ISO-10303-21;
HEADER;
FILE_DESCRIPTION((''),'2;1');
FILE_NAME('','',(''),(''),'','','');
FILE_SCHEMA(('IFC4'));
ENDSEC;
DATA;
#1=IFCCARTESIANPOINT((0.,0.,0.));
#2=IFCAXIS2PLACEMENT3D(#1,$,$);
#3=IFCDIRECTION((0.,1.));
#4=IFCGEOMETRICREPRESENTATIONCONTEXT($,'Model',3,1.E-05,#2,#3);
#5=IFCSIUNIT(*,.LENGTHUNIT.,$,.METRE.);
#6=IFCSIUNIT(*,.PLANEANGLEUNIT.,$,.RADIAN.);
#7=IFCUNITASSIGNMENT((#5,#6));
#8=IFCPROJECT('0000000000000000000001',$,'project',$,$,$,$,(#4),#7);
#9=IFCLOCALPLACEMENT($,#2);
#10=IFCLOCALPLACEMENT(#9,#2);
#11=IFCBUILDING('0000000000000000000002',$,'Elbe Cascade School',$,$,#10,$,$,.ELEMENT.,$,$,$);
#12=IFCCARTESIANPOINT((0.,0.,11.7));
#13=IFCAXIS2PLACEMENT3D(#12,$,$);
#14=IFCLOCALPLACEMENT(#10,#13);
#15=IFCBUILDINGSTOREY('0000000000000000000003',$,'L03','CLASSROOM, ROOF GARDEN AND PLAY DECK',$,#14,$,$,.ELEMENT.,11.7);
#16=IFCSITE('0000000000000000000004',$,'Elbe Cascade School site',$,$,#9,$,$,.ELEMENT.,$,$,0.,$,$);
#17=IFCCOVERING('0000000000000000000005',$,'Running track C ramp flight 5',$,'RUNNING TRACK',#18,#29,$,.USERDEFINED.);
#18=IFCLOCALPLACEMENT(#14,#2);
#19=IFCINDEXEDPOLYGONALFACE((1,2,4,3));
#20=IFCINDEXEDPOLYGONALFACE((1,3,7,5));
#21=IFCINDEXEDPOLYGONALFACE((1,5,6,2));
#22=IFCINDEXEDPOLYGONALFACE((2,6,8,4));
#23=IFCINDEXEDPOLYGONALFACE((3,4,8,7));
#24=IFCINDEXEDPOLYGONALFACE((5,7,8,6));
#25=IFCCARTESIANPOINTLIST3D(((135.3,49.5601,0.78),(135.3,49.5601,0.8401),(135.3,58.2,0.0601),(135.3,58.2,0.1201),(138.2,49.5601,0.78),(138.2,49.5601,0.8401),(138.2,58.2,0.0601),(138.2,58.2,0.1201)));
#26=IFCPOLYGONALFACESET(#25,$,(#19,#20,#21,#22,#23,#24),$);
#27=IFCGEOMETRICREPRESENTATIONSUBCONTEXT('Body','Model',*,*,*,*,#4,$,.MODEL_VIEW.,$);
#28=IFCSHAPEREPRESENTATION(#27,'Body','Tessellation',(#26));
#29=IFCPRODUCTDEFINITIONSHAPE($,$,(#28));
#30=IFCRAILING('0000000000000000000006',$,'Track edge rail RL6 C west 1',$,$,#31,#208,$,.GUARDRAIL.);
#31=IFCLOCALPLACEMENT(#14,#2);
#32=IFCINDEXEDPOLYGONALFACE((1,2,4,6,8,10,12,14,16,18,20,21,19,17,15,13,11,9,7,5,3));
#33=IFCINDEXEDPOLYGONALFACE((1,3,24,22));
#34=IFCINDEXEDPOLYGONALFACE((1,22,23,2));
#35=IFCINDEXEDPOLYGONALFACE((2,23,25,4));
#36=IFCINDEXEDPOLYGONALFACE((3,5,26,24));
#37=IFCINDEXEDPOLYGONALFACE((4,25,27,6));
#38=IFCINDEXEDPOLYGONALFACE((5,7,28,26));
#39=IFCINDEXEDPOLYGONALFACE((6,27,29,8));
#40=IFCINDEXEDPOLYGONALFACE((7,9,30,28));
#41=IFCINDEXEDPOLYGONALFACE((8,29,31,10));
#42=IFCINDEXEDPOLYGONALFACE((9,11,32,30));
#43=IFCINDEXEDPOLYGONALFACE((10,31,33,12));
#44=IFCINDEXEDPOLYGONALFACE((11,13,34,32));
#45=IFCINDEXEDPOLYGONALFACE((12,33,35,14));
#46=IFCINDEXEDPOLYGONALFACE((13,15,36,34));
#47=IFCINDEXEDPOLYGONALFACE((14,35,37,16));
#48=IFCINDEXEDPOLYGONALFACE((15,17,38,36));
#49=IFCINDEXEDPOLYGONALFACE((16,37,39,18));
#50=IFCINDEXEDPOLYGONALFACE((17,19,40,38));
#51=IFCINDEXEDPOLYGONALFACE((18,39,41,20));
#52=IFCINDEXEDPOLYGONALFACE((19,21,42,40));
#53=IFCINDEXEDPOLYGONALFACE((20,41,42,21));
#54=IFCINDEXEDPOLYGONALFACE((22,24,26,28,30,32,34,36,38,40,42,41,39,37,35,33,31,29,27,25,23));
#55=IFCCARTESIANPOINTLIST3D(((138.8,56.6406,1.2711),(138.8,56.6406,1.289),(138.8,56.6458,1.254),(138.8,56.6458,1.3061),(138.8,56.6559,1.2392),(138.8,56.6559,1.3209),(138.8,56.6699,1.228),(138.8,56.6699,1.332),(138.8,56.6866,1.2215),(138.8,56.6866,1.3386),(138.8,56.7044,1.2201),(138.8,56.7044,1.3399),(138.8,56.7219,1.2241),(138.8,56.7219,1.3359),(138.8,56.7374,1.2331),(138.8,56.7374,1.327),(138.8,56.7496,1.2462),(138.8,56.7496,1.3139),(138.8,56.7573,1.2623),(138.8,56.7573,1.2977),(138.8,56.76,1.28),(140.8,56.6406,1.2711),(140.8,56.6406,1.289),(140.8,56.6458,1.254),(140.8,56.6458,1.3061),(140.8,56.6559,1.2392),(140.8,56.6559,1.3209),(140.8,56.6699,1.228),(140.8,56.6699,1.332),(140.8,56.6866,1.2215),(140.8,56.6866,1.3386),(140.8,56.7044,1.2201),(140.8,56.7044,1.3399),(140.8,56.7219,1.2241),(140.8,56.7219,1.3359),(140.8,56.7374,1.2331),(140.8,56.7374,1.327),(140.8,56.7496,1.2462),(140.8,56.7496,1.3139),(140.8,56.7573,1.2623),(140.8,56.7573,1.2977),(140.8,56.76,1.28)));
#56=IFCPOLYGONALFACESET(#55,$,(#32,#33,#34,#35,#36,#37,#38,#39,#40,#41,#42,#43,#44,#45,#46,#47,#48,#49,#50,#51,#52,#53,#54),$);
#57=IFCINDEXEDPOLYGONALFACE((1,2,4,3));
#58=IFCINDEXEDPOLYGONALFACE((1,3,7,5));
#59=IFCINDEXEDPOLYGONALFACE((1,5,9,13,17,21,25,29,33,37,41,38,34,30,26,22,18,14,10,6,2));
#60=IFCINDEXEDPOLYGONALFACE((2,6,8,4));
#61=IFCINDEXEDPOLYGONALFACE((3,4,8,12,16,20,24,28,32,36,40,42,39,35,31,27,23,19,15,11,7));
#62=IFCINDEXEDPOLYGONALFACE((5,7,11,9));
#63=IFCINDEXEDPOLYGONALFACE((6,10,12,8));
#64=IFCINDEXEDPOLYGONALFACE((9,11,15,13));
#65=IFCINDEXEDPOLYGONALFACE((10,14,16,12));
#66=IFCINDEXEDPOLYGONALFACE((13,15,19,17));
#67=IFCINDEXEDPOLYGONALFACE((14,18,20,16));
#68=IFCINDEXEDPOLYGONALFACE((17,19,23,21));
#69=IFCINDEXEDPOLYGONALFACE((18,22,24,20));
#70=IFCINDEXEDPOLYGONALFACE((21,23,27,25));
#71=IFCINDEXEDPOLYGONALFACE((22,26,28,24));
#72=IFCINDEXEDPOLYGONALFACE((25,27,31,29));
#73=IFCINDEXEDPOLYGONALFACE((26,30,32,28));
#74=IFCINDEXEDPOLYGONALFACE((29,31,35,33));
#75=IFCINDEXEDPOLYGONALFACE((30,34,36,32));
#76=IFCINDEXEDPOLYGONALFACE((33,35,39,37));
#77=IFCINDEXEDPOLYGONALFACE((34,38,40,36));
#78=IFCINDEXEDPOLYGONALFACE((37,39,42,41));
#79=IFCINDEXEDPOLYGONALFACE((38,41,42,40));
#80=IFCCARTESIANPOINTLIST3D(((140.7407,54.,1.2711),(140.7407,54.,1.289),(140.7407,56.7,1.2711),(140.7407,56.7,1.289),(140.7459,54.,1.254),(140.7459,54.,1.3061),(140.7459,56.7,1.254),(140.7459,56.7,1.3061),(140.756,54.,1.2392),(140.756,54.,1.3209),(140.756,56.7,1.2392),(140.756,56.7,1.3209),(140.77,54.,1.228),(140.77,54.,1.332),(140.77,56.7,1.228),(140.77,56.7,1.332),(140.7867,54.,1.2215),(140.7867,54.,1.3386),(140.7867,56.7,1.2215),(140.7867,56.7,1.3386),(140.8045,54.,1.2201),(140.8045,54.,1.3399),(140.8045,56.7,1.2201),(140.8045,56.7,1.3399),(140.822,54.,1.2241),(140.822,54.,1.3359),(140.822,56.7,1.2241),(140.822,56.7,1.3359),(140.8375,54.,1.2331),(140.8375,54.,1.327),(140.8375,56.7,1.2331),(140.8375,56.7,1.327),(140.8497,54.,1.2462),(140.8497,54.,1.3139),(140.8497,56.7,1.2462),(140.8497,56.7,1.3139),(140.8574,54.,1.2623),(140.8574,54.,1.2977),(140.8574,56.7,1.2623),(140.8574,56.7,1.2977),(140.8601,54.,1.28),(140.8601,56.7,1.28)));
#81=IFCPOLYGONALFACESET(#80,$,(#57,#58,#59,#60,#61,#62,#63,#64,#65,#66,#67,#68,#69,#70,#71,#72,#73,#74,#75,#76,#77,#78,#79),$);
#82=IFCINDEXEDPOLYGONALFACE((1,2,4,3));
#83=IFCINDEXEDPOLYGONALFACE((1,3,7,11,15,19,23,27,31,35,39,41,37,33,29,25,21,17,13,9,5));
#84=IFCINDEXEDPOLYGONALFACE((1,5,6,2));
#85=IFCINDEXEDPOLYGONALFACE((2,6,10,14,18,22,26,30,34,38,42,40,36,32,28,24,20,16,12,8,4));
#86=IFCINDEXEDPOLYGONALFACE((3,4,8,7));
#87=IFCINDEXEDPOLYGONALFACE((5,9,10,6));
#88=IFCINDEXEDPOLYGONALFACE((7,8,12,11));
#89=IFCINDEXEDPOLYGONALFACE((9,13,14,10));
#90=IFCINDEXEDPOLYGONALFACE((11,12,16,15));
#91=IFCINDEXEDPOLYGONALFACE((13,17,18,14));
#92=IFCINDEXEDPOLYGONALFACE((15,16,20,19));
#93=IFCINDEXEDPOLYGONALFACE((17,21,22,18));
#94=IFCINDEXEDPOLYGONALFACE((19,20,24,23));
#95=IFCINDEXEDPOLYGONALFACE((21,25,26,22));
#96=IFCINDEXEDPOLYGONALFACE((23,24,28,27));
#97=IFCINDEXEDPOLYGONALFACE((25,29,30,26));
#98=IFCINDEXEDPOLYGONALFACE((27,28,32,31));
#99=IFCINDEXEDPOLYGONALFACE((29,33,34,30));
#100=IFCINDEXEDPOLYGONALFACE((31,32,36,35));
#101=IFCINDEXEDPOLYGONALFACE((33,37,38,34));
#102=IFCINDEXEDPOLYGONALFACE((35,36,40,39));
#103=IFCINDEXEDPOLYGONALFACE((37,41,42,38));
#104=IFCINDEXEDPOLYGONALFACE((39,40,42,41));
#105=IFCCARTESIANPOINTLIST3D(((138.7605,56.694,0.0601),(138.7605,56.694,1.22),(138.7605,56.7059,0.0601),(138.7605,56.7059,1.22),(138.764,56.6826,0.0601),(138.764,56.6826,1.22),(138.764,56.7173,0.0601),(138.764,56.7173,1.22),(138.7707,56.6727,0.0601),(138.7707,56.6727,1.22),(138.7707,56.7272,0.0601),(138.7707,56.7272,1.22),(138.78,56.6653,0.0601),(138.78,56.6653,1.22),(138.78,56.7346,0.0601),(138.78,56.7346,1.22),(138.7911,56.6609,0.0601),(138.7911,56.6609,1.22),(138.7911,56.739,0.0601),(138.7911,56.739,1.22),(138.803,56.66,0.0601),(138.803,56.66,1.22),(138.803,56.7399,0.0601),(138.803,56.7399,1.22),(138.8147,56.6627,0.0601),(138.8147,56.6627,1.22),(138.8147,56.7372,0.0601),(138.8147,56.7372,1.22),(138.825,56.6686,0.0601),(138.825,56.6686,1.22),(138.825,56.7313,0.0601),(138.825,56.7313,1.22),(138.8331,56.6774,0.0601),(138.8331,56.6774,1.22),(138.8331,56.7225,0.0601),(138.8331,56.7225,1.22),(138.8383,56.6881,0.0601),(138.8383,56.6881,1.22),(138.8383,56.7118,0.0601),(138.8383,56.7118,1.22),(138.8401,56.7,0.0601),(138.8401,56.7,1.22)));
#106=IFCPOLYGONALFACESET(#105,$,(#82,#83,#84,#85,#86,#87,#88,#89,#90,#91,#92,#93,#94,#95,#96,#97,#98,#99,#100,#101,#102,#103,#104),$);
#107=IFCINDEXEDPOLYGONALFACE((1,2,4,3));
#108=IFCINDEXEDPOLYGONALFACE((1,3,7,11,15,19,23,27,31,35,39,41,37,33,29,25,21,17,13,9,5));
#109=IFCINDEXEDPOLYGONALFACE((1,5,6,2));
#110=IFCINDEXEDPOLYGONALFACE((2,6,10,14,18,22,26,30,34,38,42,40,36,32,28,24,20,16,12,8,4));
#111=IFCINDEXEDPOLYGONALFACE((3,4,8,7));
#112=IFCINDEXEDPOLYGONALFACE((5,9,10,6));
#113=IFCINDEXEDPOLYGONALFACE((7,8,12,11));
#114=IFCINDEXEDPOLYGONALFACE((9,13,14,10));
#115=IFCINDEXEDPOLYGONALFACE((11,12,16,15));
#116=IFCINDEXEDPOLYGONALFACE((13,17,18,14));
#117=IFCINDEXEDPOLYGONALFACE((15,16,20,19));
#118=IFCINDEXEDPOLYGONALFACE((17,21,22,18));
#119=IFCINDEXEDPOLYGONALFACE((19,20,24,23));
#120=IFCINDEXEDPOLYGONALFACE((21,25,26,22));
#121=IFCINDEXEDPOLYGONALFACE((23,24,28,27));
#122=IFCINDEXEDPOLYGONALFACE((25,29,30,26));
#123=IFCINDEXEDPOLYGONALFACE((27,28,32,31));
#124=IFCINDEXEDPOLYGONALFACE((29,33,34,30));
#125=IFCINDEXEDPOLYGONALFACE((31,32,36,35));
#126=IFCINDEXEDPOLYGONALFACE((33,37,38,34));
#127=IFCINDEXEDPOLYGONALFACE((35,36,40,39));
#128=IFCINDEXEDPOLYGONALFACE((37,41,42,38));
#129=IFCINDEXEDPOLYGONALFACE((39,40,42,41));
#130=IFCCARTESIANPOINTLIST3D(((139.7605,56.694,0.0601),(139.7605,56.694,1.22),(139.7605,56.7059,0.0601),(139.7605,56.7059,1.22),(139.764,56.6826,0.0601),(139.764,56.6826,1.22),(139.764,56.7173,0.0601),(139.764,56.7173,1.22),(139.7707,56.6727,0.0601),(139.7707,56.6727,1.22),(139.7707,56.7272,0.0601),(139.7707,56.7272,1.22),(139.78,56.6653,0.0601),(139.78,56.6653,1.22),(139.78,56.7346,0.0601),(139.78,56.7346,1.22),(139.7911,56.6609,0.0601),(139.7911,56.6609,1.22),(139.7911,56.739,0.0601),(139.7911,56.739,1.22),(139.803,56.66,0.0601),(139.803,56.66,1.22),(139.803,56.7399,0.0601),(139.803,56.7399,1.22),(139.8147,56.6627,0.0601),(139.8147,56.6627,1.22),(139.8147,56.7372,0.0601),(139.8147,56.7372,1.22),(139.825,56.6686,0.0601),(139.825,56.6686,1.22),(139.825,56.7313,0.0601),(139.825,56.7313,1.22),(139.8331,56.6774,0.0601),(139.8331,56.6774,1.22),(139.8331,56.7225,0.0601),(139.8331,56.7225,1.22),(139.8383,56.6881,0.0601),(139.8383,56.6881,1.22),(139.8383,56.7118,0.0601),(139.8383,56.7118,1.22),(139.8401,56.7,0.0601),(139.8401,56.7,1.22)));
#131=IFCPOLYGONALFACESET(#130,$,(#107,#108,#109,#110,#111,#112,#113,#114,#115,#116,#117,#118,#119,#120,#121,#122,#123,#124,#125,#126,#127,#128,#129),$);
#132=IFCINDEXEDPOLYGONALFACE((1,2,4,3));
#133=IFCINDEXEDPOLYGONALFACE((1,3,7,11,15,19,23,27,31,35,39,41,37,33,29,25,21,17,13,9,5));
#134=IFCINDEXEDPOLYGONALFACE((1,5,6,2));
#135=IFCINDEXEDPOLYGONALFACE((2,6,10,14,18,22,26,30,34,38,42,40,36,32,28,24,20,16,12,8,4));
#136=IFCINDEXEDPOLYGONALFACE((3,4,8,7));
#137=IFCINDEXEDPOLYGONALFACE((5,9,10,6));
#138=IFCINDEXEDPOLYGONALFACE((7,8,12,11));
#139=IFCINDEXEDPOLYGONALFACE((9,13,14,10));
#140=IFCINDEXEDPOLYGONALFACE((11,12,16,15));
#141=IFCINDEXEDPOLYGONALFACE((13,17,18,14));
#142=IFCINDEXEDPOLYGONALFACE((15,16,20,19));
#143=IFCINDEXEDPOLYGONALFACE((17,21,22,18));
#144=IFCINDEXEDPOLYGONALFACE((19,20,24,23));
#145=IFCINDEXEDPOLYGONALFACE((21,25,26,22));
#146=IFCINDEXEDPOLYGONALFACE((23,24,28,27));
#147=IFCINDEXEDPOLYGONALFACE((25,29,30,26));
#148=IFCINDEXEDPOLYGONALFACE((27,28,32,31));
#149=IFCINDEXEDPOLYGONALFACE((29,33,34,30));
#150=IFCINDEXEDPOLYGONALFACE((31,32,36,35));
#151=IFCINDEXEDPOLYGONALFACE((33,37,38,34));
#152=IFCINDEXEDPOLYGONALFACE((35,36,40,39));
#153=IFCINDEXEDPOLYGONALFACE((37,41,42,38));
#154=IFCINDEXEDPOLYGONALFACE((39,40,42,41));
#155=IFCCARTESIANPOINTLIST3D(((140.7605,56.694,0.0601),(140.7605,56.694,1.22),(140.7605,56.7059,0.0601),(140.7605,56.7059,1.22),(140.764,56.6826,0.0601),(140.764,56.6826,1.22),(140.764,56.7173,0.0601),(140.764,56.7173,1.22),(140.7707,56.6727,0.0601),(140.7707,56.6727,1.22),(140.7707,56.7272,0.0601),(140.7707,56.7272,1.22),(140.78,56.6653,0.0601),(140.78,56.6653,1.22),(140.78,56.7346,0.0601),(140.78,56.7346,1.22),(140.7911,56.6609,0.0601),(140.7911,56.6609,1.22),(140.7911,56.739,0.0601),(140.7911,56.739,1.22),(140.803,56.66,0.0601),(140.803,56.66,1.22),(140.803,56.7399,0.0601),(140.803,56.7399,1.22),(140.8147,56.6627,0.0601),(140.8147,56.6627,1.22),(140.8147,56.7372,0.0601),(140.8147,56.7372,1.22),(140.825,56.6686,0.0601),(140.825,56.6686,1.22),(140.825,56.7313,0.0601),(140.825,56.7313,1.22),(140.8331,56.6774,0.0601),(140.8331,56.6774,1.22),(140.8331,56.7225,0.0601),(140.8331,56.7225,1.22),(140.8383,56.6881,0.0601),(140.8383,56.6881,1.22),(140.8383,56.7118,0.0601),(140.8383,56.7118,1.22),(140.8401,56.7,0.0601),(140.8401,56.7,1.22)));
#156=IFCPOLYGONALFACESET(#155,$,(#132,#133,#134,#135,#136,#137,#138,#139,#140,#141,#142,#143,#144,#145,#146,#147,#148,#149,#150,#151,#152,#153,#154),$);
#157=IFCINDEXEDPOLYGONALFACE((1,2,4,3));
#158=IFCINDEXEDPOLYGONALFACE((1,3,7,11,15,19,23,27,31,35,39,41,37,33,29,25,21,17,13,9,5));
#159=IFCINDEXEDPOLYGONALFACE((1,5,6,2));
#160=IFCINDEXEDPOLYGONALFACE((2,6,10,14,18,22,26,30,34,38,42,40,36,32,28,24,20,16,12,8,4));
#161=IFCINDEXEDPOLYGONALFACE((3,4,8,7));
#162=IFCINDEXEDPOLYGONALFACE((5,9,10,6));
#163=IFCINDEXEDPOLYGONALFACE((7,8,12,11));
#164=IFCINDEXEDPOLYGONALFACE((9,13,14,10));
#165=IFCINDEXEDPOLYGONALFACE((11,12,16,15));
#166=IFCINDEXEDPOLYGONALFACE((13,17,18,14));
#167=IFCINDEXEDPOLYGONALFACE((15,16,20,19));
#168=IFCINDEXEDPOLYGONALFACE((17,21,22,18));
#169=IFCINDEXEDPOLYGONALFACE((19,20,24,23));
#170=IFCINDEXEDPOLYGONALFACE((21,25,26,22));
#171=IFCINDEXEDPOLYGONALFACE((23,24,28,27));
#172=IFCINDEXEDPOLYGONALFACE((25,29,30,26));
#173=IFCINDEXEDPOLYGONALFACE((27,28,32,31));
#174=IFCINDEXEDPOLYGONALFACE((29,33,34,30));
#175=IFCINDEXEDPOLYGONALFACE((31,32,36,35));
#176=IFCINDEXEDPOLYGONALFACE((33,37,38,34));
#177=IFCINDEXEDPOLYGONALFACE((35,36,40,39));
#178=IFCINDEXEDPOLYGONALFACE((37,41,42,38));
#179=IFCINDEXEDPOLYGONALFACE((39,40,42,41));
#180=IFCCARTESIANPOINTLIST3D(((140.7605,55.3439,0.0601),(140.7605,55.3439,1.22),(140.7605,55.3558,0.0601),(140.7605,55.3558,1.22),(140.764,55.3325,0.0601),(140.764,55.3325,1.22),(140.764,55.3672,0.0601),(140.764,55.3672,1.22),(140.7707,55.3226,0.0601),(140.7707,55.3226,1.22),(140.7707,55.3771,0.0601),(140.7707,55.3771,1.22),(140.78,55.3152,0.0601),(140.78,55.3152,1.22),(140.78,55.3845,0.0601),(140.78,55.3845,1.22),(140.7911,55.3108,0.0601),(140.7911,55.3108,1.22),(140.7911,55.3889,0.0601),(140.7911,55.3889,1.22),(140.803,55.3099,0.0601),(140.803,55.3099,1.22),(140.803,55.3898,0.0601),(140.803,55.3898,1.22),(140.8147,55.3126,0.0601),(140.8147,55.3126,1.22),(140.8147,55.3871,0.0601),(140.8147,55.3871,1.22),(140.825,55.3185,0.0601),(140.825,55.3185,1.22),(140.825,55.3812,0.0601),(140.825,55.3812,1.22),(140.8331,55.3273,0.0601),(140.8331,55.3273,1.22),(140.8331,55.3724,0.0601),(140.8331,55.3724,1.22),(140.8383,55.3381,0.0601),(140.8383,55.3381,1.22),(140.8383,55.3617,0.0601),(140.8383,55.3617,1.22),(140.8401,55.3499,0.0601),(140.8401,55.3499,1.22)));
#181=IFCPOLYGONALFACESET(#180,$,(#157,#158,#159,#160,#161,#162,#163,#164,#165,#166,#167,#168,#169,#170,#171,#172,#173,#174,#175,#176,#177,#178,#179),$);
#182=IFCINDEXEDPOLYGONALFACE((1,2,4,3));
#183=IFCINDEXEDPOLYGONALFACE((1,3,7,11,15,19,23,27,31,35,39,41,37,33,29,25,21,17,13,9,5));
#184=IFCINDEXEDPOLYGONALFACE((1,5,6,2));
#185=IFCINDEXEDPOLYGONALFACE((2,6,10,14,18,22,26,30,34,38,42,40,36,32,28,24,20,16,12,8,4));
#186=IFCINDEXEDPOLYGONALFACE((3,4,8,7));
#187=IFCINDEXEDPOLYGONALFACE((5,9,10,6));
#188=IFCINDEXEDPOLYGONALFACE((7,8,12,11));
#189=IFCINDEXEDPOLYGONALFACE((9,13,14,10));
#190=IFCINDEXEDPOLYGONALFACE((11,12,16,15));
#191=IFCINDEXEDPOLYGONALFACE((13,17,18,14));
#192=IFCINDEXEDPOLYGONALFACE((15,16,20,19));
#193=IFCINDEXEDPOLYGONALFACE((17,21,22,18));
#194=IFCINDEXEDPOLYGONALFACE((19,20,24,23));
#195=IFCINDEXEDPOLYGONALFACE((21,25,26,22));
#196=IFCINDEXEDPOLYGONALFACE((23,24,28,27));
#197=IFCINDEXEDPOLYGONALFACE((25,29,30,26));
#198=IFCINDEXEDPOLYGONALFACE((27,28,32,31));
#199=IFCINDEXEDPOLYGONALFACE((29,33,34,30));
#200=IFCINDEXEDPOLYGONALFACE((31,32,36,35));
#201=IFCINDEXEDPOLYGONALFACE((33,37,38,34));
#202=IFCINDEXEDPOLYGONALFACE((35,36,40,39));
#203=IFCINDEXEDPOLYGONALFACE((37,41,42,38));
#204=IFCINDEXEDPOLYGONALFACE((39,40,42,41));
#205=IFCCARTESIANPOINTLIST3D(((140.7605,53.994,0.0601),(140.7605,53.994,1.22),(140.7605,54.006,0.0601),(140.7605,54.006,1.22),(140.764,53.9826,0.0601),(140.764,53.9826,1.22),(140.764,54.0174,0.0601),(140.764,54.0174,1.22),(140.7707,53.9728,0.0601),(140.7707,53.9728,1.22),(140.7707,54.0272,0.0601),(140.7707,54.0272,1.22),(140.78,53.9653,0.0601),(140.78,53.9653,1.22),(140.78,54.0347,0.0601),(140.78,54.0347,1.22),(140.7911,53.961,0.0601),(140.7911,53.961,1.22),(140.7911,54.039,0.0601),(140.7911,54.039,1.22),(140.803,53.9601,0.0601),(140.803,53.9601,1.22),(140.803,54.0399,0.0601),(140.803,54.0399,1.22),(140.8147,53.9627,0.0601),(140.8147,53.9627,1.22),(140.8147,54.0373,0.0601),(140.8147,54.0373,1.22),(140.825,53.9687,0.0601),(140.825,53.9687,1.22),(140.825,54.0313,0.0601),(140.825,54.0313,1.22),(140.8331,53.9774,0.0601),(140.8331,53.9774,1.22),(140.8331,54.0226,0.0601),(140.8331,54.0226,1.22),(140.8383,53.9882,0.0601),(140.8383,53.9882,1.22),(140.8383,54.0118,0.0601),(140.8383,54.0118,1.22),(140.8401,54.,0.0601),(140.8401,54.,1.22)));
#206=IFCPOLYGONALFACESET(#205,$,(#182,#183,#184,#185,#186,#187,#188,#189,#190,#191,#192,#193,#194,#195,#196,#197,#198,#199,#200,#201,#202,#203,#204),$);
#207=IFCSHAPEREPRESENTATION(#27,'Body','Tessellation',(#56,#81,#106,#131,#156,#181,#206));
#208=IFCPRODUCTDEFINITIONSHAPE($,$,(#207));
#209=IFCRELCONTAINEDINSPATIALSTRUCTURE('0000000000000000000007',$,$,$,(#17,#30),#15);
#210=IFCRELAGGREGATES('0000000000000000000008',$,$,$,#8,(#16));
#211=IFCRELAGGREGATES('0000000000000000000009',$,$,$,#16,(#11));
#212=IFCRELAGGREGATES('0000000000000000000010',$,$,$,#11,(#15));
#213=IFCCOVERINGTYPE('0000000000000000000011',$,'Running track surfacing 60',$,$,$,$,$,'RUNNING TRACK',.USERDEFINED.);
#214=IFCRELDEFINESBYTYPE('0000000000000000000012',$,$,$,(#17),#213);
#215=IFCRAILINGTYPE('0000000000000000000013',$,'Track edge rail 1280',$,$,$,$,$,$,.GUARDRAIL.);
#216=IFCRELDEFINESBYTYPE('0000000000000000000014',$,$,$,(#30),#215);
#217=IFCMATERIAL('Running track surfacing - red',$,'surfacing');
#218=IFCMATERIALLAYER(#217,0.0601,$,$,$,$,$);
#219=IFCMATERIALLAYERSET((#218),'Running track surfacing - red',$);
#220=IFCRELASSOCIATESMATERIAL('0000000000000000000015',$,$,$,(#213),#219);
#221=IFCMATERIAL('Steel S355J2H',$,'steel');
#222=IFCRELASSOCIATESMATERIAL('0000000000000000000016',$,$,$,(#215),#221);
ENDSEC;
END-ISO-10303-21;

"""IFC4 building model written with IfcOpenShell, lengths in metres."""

from ifc_helpers import new_model, si_unit, direction, frame, origin, origin_2d, place, context, subcontext, project, spatial, polyline, circle, outline, extrude, material, layer, layer_set, type_object, element, save


model = new_model("IFC4")

# Units and contexts
model_context = context("Model", 3, precision=1e-05, world=origin(), true_north=direction((0.0, 1.0)))
body_context = subcontext(model_context, "Body", "Model", "MODEL_VIEW")
ifc_project = project(units=[si_unit("LENGTHUNIT", "METRE"), si_unit("PLANEANGLEUNIT", "RADIAN")], contexts=[model_context])

# Site, building, storey
site_placement = place(None, origin())
site = spatial("IfcSite", under=ifc_project, at=site_placement, Name="Elbe Cascade School site", CompositionType="ELEMENT", RefElevation=0.0)
building_placement = place(site_placement, origin())
building = spatial("IfcBuilding", under=site, at=building_placement, Name="Elbe Cascade School", CompositionType="ELEMENT")
storey_placement = place(building_placement, frame((0.0, 0.0, 11.7)))
storey = spatial("IfcBuildingStorey", under=building, at=storey_placement, Name="L03", Description="CLASSROOM, ROOF GARDEN AND PLAY DECK", CompositionType="ELEMENT", Elevation=11.7)

# Covering
ifc_material_1 = material(Name="Running track surfacing - red", Category="surfacing")
ifc_layer_1 = layer(ifc_material_1, 0.0601)
ifc_layer_set_1 = layer_set([ifc_layer_1], Name="Running track surfacing - red")
covering_type_1 = type_object("IfcCoveringType", Name="Running track surfacing 60", ElementType="RUNNING TRACK", PredefinedType="USERDEFINED", material=ifc_layer_set_1)
covering_1_placement = place(storey_placement, frame((135.3, 49.5601, 0.8401), z_axis=(0.0, 0.083043, 0.996546), x_axis=(0.0, 0.996546, -0.083043)))
element("IfcCovering", 1, at=covering_1_placement, inside=storey, type_object=covering_type_1, Name="Running track C ramp flight 5", ObjectType="RUNNING TRACK", PredefinedType="USERDEFINED", context=body_context, shape_type="SweptSolid", body=[
    extrude(outline(polyline([(0.0, 0.0), (8.6698, 0.0), (8.6698, -2.8999), (0.0, -2.8999), (0.0, 0.0)])), origin(), (0.083043, 0.0, -0.996546), 0.0601),
])

# Railing
ifc_material_2 = material(Name="Steel S355J2H", Category="steel")
railing_type_1 = type_object("IfcRailingType", Name="Track edge rail 1280", PredefinedType="GUARDRAIL", material=ifc_material_2)
railing_1_placement = place(storey_placement, frame((138.8, 56.7, 0.0601)))
element("IfcRailing", 2, at=railing_1_placement, inside=storey, type_object=railing_type_1, Name="Track edge rail RL6 C west 1", PredefinedType="GUARDRAIL", context=body_context, shape_type="SweptSolid", body=[
    extrude(circle(Radius=0.0601, at=origin_2d()), frame((0.0, 0.0, 1.22), z_axis=(1.0, 0.0, 0.0), x_axis=(0.0, 1.0, 0.0)), (0.0, 0.0, 1.0), 2.0),
    extrude(circle(Radius=0.0601, at=origin_2d()), frame((2.0, 0.0, 1.22), z_axis=(0.0, -1.0, 0.0), x_axis=(1.0, 0.0, 0.0)), (0.0, 0.0, 1.0), 2.7),
    extrude(circle(Radius=0.04, at=origin_2d()), origin(), (0.0, 0.0, 1.0), 1.1599),
    extrude(circle(Radius=0.04, at=origin_2d()), frame((1.0, 0.0, 0.0)), (0.0, 0.0, 1.0), 1.1599),
    extrude(circle(Radius=0.04, at=origin_2d()), frame((2.0, 0.0, 0.0)), (0.0, 0.0, 1.0), 1.1599),
    extrude(circle(Radius=0.04, at=origin_2d()), frame((2.0, -1.3501, 0.0)), (0.0, 0.0, 1.0), 1.1599),
    extrude(circle(Radius=0.04, at=origin_2d()), frame((2.0, -2.7, 0.0)), (0.0, 0.0, 1.0), 1.1599),
])

save(model, "model.ifc")
